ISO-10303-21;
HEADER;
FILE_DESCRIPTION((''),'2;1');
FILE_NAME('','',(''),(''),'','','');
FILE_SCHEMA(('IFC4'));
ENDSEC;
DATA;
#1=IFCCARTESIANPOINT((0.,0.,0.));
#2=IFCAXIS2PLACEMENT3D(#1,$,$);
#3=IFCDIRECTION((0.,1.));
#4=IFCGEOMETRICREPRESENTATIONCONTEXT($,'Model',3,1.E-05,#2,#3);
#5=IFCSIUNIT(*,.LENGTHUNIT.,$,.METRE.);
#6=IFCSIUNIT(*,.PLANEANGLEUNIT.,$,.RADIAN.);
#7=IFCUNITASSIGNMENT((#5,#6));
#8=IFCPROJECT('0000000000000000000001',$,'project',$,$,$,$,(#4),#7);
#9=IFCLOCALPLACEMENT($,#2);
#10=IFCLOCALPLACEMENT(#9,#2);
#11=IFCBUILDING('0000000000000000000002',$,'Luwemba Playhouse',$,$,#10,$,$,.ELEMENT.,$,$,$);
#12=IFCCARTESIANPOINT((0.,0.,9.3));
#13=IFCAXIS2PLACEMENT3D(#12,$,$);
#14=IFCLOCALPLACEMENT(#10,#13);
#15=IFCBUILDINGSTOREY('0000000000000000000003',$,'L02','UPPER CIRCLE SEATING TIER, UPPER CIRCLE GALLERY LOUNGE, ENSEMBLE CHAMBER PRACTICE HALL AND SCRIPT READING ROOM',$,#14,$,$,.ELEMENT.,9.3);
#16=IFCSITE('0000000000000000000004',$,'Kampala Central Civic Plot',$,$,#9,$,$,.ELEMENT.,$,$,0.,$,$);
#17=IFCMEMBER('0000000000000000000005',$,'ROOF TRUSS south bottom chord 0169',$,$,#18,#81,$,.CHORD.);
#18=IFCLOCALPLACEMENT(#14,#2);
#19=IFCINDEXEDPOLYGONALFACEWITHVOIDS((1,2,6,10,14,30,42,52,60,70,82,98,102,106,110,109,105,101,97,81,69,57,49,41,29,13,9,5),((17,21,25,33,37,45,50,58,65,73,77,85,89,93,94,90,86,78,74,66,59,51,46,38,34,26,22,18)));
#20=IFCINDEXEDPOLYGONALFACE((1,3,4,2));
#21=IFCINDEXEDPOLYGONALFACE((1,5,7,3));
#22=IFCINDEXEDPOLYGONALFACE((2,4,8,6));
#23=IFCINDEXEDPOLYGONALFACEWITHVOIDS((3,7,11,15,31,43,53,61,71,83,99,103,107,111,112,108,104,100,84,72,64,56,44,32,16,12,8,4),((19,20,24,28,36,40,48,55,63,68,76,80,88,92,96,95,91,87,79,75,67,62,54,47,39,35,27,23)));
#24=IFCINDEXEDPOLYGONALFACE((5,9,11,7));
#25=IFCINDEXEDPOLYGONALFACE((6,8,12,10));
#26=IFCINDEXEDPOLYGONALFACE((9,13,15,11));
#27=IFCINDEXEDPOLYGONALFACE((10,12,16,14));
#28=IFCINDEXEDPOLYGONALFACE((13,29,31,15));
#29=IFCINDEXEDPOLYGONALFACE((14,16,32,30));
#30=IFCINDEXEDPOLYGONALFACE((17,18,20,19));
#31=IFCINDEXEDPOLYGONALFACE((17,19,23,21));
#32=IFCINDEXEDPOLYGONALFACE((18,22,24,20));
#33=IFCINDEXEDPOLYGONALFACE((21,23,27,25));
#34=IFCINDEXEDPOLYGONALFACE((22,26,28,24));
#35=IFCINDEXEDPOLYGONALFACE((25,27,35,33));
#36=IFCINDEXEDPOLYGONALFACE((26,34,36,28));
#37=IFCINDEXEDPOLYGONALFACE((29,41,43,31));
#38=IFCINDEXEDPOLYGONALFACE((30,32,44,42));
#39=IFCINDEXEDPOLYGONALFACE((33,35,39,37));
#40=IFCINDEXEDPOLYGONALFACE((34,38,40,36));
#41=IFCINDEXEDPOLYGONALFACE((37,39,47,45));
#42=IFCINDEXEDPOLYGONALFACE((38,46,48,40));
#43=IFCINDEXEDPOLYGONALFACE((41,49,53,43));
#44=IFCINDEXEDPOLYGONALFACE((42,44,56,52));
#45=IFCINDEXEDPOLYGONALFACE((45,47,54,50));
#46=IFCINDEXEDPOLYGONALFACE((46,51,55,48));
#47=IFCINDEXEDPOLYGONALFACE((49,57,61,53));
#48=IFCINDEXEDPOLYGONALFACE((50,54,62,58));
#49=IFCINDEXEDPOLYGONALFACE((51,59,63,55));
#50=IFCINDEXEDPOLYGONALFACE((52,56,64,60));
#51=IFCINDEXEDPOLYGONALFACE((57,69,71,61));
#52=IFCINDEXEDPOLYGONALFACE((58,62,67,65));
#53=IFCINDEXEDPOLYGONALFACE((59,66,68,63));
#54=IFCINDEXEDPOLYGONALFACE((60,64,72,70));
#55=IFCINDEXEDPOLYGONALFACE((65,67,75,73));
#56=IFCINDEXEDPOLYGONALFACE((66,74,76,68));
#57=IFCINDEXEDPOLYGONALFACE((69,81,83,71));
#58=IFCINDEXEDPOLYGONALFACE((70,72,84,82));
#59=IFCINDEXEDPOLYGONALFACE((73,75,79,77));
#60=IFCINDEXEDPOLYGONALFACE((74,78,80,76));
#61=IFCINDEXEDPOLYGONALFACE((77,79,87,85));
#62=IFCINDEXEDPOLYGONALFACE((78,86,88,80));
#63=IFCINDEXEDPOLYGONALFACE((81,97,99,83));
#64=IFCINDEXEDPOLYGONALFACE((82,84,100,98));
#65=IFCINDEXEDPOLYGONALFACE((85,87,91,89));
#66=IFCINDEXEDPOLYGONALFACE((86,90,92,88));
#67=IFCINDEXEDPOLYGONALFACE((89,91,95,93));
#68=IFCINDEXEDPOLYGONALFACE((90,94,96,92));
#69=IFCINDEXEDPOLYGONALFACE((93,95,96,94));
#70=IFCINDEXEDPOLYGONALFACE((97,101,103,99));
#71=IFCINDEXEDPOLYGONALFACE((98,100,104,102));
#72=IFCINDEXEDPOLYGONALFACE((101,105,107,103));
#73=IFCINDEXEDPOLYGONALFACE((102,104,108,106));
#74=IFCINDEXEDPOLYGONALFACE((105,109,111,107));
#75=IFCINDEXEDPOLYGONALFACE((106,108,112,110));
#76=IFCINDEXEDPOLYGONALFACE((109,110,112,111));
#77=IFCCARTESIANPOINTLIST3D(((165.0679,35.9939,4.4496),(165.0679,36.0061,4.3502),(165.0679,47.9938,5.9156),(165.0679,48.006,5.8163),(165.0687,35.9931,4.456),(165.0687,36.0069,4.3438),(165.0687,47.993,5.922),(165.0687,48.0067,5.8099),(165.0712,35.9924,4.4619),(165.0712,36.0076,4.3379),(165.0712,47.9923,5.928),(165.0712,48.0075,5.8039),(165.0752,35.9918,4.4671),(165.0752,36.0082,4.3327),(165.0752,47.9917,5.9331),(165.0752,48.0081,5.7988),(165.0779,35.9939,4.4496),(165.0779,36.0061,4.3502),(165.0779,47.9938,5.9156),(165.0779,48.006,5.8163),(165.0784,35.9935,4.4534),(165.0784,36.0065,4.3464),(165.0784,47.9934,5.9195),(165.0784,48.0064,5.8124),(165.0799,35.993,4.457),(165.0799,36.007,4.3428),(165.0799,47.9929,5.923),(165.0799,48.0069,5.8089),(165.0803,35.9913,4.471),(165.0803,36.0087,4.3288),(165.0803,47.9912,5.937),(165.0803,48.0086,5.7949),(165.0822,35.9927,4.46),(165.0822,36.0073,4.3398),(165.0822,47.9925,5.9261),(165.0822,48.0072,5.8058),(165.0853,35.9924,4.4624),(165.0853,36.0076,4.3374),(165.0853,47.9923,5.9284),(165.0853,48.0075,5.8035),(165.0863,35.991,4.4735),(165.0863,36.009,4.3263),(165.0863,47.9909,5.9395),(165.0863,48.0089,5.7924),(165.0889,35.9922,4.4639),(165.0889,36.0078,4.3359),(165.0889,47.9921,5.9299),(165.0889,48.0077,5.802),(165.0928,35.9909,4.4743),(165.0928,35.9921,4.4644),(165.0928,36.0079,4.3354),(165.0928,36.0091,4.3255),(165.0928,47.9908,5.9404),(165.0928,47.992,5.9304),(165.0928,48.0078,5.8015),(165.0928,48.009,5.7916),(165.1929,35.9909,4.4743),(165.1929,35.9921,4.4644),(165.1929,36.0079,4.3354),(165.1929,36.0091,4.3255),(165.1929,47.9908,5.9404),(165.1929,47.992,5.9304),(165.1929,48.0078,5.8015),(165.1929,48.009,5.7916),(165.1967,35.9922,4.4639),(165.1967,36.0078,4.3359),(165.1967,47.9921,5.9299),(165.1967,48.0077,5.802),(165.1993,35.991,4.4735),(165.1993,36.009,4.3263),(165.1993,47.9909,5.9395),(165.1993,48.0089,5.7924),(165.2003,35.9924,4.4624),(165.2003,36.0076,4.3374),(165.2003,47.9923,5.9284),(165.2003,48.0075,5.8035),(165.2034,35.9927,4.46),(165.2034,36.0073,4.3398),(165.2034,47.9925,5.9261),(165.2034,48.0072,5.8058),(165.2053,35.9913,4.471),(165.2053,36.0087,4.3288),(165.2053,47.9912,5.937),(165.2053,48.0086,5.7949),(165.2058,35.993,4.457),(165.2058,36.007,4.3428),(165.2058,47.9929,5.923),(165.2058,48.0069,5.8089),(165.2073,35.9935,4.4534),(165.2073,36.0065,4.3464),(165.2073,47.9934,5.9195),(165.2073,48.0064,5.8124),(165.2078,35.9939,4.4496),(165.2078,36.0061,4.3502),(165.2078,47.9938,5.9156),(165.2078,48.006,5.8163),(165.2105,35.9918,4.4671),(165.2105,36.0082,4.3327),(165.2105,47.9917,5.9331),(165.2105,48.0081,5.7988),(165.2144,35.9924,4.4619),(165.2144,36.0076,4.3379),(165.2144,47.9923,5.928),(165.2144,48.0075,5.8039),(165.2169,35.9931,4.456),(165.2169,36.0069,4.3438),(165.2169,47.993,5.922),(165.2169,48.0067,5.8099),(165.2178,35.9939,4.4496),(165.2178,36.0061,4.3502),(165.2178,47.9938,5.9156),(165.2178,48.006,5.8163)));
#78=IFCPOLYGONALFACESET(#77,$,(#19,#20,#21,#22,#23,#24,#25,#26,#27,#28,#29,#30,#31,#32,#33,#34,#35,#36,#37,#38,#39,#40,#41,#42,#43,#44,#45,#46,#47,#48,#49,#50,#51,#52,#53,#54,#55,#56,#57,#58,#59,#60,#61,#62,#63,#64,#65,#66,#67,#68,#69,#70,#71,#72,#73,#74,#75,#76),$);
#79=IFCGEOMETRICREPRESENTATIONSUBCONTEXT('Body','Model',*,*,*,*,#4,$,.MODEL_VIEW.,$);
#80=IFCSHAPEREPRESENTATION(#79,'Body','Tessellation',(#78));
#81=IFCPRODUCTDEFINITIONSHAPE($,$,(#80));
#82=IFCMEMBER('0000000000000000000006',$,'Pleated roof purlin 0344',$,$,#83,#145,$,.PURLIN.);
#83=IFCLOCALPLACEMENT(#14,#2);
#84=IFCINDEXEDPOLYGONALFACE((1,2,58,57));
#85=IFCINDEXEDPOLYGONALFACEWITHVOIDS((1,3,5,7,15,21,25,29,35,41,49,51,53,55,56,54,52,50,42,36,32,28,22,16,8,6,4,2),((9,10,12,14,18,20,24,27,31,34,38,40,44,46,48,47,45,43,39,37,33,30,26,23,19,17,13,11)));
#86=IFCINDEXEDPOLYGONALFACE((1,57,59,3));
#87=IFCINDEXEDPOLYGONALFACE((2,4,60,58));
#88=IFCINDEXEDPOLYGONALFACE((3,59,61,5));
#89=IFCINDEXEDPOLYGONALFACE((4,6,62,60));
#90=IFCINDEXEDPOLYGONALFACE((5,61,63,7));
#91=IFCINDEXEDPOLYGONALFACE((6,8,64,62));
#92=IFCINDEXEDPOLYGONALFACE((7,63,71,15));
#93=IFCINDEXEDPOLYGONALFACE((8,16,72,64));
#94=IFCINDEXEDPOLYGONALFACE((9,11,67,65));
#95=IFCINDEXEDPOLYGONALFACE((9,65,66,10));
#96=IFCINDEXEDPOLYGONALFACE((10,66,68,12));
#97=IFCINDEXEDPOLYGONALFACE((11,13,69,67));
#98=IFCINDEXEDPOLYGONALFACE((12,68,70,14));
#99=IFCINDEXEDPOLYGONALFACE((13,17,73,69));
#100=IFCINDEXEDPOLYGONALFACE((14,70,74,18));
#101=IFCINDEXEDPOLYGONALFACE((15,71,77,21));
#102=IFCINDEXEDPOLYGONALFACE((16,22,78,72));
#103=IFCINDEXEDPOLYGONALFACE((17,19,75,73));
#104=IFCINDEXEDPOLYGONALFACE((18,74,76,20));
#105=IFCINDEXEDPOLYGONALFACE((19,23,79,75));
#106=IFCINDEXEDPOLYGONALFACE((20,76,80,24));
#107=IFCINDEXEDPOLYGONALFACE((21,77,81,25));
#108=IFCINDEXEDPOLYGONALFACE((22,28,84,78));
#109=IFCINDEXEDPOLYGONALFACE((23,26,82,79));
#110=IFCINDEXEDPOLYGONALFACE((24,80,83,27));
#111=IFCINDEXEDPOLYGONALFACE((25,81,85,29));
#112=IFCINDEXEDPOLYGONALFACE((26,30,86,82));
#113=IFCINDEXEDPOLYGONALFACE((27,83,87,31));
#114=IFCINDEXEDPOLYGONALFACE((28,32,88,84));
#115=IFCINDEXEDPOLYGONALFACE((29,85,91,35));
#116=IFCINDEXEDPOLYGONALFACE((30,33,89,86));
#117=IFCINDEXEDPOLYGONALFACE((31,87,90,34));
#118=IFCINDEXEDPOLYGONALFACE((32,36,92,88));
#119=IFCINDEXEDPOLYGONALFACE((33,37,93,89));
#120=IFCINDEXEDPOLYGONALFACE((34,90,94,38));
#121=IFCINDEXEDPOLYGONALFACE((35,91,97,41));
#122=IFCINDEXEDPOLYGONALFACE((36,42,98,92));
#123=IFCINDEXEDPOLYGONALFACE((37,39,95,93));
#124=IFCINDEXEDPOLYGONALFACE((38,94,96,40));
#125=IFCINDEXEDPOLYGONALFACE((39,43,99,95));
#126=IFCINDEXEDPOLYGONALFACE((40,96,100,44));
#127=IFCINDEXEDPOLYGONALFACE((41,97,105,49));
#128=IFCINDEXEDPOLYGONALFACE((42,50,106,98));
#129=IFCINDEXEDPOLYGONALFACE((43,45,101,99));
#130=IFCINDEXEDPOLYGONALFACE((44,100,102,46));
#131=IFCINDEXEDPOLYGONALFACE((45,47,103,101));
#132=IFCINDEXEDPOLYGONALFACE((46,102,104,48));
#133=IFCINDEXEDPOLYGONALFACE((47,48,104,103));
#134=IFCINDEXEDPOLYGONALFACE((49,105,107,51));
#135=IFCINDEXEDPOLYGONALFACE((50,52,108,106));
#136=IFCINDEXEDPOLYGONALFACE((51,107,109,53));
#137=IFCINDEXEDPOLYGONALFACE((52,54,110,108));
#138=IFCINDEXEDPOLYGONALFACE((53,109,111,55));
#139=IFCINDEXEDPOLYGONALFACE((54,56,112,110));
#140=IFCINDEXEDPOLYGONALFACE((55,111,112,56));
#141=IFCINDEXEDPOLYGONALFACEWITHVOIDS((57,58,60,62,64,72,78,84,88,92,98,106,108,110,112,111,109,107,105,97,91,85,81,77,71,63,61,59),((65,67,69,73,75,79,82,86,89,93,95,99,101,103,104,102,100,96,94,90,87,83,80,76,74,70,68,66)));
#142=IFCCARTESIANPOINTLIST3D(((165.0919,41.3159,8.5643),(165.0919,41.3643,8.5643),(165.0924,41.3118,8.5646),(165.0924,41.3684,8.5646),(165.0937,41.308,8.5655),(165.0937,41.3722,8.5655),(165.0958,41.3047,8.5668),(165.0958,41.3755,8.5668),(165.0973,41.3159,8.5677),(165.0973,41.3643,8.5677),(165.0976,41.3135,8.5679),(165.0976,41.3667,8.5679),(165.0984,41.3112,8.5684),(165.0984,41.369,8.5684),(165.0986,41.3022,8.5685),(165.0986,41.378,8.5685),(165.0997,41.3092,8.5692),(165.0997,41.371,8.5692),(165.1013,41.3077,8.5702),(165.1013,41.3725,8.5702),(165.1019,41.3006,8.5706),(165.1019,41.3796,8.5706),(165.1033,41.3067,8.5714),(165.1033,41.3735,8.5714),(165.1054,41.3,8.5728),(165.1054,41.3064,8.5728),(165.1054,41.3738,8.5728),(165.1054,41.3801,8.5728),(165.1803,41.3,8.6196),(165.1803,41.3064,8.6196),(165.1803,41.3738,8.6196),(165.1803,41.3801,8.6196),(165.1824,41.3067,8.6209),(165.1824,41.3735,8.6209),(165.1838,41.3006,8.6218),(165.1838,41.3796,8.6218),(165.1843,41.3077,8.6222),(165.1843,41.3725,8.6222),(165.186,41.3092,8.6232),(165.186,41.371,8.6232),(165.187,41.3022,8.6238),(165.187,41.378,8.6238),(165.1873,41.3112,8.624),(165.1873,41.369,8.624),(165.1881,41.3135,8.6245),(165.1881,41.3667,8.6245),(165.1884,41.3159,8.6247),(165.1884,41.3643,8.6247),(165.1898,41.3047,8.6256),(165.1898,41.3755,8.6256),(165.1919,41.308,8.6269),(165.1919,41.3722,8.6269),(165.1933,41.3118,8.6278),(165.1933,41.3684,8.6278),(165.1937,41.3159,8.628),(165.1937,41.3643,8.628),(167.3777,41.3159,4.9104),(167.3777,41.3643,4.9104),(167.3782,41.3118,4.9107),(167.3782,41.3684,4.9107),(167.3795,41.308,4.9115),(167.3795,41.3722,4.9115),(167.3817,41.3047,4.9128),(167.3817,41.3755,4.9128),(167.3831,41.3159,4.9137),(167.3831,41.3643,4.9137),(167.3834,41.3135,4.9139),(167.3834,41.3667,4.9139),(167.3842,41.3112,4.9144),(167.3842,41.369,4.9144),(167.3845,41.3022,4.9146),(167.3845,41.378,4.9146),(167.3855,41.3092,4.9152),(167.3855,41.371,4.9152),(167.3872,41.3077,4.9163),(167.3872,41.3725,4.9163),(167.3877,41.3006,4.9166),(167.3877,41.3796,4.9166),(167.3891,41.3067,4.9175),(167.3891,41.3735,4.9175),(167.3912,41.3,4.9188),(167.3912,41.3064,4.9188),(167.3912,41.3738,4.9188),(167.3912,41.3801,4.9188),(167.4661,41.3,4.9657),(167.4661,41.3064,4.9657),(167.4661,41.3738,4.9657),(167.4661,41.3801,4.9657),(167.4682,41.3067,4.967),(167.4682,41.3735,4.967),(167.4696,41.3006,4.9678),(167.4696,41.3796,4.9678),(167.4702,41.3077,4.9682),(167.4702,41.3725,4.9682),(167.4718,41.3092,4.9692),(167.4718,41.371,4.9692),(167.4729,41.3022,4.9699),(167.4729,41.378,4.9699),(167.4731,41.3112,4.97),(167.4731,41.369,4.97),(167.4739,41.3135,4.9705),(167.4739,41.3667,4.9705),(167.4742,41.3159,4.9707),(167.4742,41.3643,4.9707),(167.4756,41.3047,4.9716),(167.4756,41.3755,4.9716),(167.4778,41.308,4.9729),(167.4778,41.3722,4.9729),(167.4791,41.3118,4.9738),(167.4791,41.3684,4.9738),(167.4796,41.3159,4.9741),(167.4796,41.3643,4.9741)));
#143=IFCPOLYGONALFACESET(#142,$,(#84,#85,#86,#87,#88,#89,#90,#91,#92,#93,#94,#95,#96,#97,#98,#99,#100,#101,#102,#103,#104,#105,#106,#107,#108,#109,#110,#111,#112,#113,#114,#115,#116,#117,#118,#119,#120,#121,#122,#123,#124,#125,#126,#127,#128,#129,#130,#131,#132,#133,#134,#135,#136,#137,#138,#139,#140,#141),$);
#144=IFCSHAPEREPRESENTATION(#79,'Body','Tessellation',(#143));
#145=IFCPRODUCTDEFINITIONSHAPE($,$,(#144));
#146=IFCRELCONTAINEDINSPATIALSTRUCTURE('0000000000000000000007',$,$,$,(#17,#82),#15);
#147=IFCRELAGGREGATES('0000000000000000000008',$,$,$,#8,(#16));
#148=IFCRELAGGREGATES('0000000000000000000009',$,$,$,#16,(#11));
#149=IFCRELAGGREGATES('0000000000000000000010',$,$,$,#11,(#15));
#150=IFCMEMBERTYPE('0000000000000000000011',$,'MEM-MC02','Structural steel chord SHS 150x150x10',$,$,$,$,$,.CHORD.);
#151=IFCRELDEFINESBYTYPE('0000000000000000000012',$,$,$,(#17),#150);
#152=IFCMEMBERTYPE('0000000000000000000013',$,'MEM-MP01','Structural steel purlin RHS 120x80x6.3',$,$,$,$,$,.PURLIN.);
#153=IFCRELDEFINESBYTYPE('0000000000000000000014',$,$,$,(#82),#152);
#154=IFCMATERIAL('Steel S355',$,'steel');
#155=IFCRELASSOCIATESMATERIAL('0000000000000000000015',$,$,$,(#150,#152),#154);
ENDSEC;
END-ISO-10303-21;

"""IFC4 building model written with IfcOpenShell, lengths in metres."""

from ifc_helpers import new_model, si_unit, direction, frame, origin, origin_2d, place, context, subcontext, project, spatial, hollow_rectangle, extrude, material, material_profile, profile_set, type_object, element, save


model = new_model("IFC4")

# Units and contexts
model_context = context("Model", 3, precision=1e-05, world=origin(), true_north=direction((0.0, 1.0)))
body_context = subcontext(model_context, "Body", "Model", "MODEL_VIEW")
ifc_project = project(units=[si_unit("LENGTHUNIT", "METRE"), si_unit("PLANEANGLEUNIT", "RADIAN")], contexts=[model_context])

# Site, building, storey
site_placement = place(None, origin())
site = spatial("IfcSite", under=ifc_project, at=site_placement, Name="Kampala Central Civic Plot", CompositionType="ELEMENT", RefElevation=0.0)
building_placement = place(site_placement, origin())
building = spatial("IfcBuilding", under=site, at=building_placement, Name="Luwemba Playhouse", CompositionType="ELEMENT")
storey_placement = place(building_placement, frame((0.0, 0.0, 9.3)))
storey = spatial("IfcBuildingStorey", under=building, at=storey_placement, Name="L02", Description="UPPER CIRCLE SEATING TIER, UPPER CIRCLE GALLERY LOUNGE, ENSEMBLE CHAMBER PRACTICE HALL AND SCRIPT READING ROOM", CompositionType="ELEMENT", Elevation=9.3)

# Shared definitions
ifc_material_1 = material(Name="Steel S355", Category="steel")

# Members
ifc_material_profile_1 = material_profile(ifc_material_1, hollow_rectangle(XDim=0.1499, YDim=0.1499, WallThickness=0.01, InnerFilletRadius=0.0149, OuterFilletRadius=0.0249, at=origin_2d()))
ifc_profile_set_1 = profile_set([ifc_material_profile_1], Name="Steel S355")
member_type_1 = type_object("IfcMemberType", Name="MEM-MC02", Description="Structural steel chord SHS 150x150x10", PredefinedType="CHORD", material=ifc_profile_set_1)
member_1_placement = place(storey_placement, frame((165.1428, 36.0, 4.3999), z_axis=(0.0, 0.99262, 0.12127), x_axis=(-1.0, 0.0, 0.0)))
element("IfcMember", 1, at=member_1_placement, inside=storey, type_object=member_type_1, Name="ROOF TRUSS south bottom chord 0169", PredefinedType="CHORD", context=body_context, shape_type="SweptSolid", body=[
    extrude(hollow_rectangle(XDim=0.1499, YDim=0.1499, WallThickness=0.01, InnerFilletRadius=0.0149, OuterFilletRadius=0.0249, at=origin_2d()), origin(), (0.0, 0.0, 1.0), 12.0891),
])
ifc_material_profile_2 = material_profile(ifc_material_1, hollow_rectangle(XDim=0.0801, YDim=0.1201, WallThickness=0.0063, InnerFilletRadius=0.0095, OuterFilletRadius=0.0159, at=origin_2d()))
ifc_profile_set_2 = profile_set([ifc_material_profile_2], Name="Steel S355")
member_type_2 = type_object("IfcMemberType", Name="MEM-MP01", Description="Structural steel purlin RHS 120x80x6.3", PredefinedType="PURLIN", material=ifc_profile_set_2)
member_2_placement = place(storey_placement, frame((165.1428, 41.3401, 8.5962), z_axis=(0.53035, 0.0, -0.847779), x_axis=(0.0, 1.0, 0.0)))
element("IfcMember", 2, at=member_2_placement, inside=storey, type_object=member_type_2, Name="Pleated roof purlin 0344", PredefinedType="PURLIN", context=body_context, shape_type="SweptSolid", body=[
    extrude(hollow_rectangle(XDim=0.0801, YDim=0.1201, WallThickness=0.0063, InnerFilletRadius=0.0095, OuterFilletRadius=0.0159, at=origin_2d()), origin(), (0.0, 0.0, 1.0), 4.3101),
])

save(model, "model.ifc")
